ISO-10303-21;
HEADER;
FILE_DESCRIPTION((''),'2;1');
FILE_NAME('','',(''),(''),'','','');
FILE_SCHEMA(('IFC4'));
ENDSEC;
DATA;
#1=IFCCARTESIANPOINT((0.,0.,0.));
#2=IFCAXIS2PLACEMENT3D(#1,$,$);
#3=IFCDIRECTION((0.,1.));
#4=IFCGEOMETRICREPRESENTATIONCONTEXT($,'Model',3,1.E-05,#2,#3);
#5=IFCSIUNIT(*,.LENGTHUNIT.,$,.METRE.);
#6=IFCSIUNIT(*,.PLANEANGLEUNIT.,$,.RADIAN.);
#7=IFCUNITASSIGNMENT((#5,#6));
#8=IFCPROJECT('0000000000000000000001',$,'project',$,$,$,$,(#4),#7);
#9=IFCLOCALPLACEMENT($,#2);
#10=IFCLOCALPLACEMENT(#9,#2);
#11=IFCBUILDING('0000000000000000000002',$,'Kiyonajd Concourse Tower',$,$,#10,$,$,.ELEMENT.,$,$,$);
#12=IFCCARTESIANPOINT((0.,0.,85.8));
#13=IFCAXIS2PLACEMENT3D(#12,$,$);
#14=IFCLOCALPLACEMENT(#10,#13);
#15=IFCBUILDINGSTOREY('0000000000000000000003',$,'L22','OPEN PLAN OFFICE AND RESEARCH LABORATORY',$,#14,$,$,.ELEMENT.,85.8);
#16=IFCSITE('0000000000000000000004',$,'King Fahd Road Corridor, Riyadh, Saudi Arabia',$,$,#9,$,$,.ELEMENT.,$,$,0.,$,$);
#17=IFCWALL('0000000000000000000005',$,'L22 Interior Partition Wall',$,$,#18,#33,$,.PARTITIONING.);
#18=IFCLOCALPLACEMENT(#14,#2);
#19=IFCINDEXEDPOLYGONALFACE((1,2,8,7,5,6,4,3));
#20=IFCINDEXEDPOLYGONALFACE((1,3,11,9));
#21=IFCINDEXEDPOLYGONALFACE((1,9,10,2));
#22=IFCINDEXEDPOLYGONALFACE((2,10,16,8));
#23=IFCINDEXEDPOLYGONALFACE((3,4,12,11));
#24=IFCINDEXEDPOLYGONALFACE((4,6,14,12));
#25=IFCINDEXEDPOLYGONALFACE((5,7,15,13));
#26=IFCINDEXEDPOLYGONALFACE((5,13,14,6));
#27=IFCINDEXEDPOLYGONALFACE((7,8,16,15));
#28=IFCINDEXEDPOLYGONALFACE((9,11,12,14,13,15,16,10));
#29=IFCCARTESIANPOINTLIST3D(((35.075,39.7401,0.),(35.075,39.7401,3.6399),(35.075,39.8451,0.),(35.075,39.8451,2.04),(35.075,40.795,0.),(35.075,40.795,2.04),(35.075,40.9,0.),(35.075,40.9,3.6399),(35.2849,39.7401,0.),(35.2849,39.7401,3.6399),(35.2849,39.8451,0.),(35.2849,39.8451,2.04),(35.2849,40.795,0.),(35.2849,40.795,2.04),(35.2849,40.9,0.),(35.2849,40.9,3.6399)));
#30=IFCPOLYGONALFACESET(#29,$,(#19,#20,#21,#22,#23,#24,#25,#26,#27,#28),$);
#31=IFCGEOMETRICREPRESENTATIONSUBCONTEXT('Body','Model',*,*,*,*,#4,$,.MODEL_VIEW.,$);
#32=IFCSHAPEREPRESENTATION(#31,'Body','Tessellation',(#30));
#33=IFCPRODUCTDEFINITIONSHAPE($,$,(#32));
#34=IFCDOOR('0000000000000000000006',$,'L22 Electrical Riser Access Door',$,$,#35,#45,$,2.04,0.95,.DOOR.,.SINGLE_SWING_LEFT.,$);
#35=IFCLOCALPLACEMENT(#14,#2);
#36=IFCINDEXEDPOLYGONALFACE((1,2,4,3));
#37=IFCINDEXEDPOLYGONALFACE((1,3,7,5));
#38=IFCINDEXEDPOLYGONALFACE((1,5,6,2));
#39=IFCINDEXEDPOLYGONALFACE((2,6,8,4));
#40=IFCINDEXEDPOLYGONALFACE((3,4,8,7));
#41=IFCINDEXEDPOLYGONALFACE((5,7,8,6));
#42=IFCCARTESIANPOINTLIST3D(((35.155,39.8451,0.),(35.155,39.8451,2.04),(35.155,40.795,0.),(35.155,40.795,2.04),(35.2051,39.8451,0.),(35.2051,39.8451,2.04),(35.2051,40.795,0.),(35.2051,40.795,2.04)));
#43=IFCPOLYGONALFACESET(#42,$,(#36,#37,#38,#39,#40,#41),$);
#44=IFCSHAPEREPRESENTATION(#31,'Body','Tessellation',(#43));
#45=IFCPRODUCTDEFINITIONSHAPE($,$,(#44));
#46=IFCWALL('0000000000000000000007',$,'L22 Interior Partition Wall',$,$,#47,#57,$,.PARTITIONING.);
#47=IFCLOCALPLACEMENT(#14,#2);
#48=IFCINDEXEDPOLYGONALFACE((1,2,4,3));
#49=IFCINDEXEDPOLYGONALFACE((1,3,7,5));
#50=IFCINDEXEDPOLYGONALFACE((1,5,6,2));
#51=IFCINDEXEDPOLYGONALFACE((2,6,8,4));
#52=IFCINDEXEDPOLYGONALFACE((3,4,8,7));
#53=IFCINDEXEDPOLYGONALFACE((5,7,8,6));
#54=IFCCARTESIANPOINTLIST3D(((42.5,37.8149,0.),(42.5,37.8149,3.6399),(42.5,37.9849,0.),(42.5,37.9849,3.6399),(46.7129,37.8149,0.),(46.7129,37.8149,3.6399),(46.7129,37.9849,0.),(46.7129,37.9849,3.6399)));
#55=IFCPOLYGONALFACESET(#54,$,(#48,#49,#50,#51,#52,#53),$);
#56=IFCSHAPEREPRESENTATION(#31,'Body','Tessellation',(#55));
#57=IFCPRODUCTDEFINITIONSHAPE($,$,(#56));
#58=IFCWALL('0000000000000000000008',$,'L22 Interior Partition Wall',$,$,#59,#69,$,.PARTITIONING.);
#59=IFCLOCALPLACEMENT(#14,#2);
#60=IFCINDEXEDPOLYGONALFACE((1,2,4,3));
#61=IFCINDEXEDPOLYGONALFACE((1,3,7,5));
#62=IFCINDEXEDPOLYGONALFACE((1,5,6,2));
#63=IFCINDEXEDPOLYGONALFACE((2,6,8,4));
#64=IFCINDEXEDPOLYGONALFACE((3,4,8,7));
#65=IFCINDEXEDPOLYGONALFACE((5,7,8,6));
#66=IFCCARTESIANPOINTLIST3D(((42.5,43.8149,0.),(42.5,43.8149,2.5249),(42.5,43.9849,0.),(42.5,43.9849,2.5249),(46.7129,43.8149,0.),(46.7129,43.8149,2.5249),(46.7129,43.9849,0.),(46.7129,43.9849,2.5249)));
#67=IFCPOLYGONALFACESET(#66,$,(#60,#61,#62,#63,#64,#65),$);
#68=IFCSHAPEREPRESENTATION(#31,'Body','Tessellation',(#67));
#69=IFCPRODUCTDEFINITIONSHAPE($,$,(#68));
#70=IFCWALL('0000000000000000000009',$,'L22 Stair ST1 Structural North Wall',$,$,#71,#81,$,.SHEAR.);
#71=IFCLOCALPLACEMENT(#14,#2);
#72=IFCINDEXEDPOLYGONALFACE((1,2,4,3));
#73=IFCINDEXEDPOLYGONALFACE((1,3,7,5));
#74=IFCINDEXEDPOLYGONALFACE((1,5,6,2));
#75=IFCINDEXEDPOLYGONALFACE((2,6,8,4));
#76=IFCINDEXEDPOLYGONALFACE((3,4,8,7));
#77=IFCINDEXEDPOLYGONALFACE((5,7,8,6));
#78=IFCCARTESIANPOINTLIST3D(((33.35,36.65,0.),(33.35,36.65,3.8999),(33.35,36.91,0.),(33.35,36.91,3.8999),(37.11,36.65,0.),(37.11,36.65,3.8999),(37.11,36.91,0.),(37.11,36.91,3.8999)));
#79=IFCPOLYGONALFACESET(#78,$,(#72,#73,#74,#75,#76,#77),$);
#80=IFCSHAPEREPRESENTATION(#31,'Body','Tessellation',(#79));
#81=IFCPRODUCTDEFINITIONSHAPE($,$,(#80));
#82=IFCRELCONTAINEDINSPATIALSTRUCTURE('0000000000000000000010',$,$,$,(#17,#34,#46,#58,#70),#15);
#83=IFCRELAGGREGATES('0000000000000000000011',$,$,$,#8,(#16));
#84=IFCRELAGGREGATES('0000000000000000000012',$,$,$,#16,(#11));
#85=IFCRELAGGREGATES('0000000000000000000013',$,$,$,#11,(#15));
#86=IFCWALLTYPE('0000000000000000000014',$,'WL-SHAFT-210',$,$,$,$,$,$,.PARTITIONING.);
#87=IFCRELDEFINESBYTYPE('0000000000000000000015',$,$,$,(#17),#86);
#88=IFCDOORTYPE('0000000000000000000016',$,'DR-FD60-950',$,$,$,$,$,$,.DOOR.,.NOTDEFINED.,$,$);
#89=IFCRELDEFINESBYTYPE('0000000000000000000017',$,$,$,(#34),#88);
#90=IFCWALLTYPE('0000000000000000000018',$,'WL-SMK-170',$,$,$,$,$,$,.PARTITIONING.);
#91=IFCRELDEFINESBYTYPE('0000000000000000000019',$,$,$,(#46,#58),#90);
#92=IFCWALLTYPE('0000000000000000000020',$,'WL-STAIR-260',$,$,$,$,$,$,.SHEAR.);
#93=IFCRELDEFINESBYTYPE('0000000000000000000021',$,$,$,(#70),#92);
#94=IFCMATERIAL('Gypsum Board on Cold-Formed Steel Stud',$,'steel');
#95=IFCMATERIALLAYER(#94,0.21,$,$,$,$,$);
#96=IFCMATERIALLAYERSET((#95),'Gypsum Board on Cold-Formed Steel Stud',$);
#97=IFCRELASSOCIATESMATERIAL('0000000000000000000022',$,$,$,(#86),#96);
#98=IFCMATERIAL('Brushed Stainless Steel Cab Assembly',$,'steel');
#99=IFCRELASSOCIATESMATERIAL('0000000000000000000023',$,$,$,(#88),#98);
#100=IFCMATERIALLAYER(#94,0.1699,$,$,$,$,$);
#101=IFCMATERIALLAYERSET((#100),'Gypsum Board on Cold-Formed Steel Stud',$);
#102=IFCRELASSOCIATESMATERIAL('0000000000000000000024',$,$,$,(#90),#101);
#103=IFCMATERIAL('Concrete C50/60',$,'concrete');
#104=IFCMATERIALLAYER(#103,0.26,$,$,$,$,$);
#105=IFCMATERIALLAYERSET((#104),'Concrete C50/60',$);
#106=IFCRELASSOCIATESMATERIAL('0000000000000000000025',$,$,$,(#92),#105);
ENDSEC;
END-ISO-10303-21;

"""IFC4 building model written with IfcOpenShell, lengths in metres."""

from ifc_helpers import new_model, si_unit, direction, frame, frame_2d, origin, place, context, subcontext, project, spatial, rectangle, extrude, material, layer, layer_set, type_object, element, fill, save


model = new_model("IFC4")

# Units and contexts
model_context = context("Model", 3, precision=1e-05, world=origin(), true_north=direction((0.0, 1.0)))
body_context = subcontext(model_context, "Body", "Model", "MODEL_VIEW")
ifc_project = project(units=[si_unit("LENGTHUNIT", "METRE"), si_unit("PLANEANGLEUNIT", "RADIAN")], contexts=[model_context])

# Site, building, storey
site_placement = place(None, origin())
site = spatial("IfcSite", under=ifc_project, at=site_placement, Name="King Fahd Road Corridor, Riyadh, Saudi Arabia", CompositionType="ELEMENT", RefElevation=0.0)
building_placement = place(site_placement, origin())
building = spatial("IfcBuilding", under=site, at=building_placement, Name="Kiyonajd Concourse Tower", CompositionType="ELEMENT")
storey_placement = place(building_placement, frame((0.0, 0.0, 85.8)))
storey = spatial("IfcBuildingStorey", under=building, at=storey_placement, Name="L22", Description="OPEN PLAN OFFICE AND RESEARCH LABORATORY", CompositionType="ELEMENT", Elevation=85.8)

# Shared definitions
ifc_material_1 = material(Name="Gypsum Board on Cold-Formed Steel Stud", Category="steel")
ifc_layer_1 = layer(ifc_material_1, 0.21)
ifc_layer_set_1 = layer_set([ifc_layer_1], Name="Gypsum Board on Cold-Formed Steel Stud")
wall_type_1 = type_object("IfcWallType", Name="WL-SHAFT-210", PredefinedType="PARTITIONING", material=ifc_layer_set_1)

# Wall, opening, door
wall_1_placement = place(storey_placement, frame((35.1799, 39.74, 0.0), z_axis=(0.0, 0.0, 1.0), x_axis=(0.0, 1.0, 0.0)))
wall_1 = element("IfcWall", 1, at=wall_1_placement, inside=storey, type_object=wall_type_1, Name="L22 Interior Partition Wall", PredefinedType="PARTITIONING", context=body_context, shape_type="SweptSolid", body=[
    extrude(rectangle(XDim=1.1599, YDim=0.21, at=frame_2d((0.5801, 0.0))), origin(), (0.0, 0.0, 1.0), 3.6399),
])
opening_1_placement = place(wall_1_placement, frame((0.105, 0.0, 0.0)))
opening_1 = element("IfcOpeningElement", 2, at=opening_1_placement, cuts=wall_1, PredefinedType="OPENING", context=body_context, shape_type="SweptSolid", body=[
    extrude(rectangle(XDim=0.95, YDim=2.04, at=frame_2d((0.4751, 1.02))), frame((0.0, 0.115, 0.0), z_axis=(0.0, -1.0, 0.0), x_axis=(1.0, 0.0, 0.0)), (0.0, 0.0, 1.0), 0.23),
])
ifc_material_2 = material(Name="Brushed Stainless Steel Cab Assembly", Category="steel")
door_type_1 = type_object("IfcDoorType", Name="DR-FD60-950", OperationType="NOTDEFINED", PredefinedType="DOOR", material=ifc_material_2)
door_1_placement = place(opening_1_placement, origin())
door_1 = element("IfcDoor", 3, at=door_1_placement, inside=storey, type_object=door_type_1, Name="L22 Electrical Riser Access Door", OperationType="SINGLE_SWING_LEFT", OverallHeight=2.04, OverallWidth=0.95, PredefinedType="DOOR", context=body_context, shape_type="SweptSolid", body=[
    extrude(rectangle(XDim=0.95, YDim=2.04, at=frame_2d((0.4751, 1.02))), frame((0.0, 0.0249, 0.0), z_axis=(0.0, -1.0, 0.0), x_axis=(1.0, 0.0, 0.0)), (0.0, 0.0, 1.0), 0.05),
])
fill(opening_1, door_1)

# Walls
ifc_layer_2 = layer(ifc_material_1, 0.1699)
ifc_layer_set_2 = layer_set([ifc_layer_2], Name="Gypsum Board on Cold-Formed Steel Stud")
wall_type_2 = type_object("IfcWallType", Name="WL-SMK-170", PredefinedType="PARTITIONING", material=ifc_layer_set_2)
wall_2_placement = place(storey_placement, frame((42.5, 37.8999, 0.0), z_axis=(0.0, 0.0, 1.0), x_axis=(1.0, 0.0, 0.0)))
element("IfcWall", 4, at=wall_2_placement, inside=storey, type_object=wall_type_2, Name="L22 Interior Partition Wall", PredefinedType="PARTITIONING", context=body_context, shape_type="SweptSolid", body=[
    extrude(rectangle(XDim=4.2129, YDim=0.1699, at=frame_2d((2.1064, 0.0))), origin(), (0.0, 0.0, 1.0), 3.6399),
])
wall_3_placement = place(storey_placement, frame((42.5, 43.8999, 0.0), z_axis=(0.0, 0.0, 1.0), x_axis=(1.0, 0.0, 0.0)))
element("IfcWall", 5, at=wall_3_placement, inside=storey, type_object=wall_type_2, Name="L22 Interior Partition Wall", PredefinedType="PARTITIONING", context=body_context, shape_type="SweptSolid", body=[
    extrude(rectangle(XDim=4.2129, YDim=0.1699, at=frame_2d((2.1064, 0.0))), origin(), (0.0, 0.0, 1.0), 2.5249),
])
ifc_material_3 = material(Name="Concrete C50/60", Category="concrete")
ifc_layer_3 = layer(ifc_material_3, 0.26)
ifc_layer_set_3 = layer_set([ifc_layer_3], Name="Concrete C50/60")
wall_type_3 = type_object("IfcWallType", Name="WL-STAIR-260", PredefinedType="SHEAR", material=ifc_layer_set_3)
wall_4_placement = place(storey_placement, frame((33.3501, 36.78, 0.0), z_axis=(0.0, 0.0, 1.0), x_axis=(1.0, 0.0, 0.0)))
element("IfcWall", 6, at=wall_4_placement, inside=storey, type_object=wall_type_3, Name="L22 Stair ST1 Structural North Wall", PredefinedType="SHEAR", context=body_context, shape_type="SweptSolid", body=[
    extrude(rectangle(XDim=3.76, YDim=0.26, at=frame_2d((1.8799, 0.0))), origin(), (0.0, 0.0, 1.0), 3.8999),
])

save(model, "model.ifc")
